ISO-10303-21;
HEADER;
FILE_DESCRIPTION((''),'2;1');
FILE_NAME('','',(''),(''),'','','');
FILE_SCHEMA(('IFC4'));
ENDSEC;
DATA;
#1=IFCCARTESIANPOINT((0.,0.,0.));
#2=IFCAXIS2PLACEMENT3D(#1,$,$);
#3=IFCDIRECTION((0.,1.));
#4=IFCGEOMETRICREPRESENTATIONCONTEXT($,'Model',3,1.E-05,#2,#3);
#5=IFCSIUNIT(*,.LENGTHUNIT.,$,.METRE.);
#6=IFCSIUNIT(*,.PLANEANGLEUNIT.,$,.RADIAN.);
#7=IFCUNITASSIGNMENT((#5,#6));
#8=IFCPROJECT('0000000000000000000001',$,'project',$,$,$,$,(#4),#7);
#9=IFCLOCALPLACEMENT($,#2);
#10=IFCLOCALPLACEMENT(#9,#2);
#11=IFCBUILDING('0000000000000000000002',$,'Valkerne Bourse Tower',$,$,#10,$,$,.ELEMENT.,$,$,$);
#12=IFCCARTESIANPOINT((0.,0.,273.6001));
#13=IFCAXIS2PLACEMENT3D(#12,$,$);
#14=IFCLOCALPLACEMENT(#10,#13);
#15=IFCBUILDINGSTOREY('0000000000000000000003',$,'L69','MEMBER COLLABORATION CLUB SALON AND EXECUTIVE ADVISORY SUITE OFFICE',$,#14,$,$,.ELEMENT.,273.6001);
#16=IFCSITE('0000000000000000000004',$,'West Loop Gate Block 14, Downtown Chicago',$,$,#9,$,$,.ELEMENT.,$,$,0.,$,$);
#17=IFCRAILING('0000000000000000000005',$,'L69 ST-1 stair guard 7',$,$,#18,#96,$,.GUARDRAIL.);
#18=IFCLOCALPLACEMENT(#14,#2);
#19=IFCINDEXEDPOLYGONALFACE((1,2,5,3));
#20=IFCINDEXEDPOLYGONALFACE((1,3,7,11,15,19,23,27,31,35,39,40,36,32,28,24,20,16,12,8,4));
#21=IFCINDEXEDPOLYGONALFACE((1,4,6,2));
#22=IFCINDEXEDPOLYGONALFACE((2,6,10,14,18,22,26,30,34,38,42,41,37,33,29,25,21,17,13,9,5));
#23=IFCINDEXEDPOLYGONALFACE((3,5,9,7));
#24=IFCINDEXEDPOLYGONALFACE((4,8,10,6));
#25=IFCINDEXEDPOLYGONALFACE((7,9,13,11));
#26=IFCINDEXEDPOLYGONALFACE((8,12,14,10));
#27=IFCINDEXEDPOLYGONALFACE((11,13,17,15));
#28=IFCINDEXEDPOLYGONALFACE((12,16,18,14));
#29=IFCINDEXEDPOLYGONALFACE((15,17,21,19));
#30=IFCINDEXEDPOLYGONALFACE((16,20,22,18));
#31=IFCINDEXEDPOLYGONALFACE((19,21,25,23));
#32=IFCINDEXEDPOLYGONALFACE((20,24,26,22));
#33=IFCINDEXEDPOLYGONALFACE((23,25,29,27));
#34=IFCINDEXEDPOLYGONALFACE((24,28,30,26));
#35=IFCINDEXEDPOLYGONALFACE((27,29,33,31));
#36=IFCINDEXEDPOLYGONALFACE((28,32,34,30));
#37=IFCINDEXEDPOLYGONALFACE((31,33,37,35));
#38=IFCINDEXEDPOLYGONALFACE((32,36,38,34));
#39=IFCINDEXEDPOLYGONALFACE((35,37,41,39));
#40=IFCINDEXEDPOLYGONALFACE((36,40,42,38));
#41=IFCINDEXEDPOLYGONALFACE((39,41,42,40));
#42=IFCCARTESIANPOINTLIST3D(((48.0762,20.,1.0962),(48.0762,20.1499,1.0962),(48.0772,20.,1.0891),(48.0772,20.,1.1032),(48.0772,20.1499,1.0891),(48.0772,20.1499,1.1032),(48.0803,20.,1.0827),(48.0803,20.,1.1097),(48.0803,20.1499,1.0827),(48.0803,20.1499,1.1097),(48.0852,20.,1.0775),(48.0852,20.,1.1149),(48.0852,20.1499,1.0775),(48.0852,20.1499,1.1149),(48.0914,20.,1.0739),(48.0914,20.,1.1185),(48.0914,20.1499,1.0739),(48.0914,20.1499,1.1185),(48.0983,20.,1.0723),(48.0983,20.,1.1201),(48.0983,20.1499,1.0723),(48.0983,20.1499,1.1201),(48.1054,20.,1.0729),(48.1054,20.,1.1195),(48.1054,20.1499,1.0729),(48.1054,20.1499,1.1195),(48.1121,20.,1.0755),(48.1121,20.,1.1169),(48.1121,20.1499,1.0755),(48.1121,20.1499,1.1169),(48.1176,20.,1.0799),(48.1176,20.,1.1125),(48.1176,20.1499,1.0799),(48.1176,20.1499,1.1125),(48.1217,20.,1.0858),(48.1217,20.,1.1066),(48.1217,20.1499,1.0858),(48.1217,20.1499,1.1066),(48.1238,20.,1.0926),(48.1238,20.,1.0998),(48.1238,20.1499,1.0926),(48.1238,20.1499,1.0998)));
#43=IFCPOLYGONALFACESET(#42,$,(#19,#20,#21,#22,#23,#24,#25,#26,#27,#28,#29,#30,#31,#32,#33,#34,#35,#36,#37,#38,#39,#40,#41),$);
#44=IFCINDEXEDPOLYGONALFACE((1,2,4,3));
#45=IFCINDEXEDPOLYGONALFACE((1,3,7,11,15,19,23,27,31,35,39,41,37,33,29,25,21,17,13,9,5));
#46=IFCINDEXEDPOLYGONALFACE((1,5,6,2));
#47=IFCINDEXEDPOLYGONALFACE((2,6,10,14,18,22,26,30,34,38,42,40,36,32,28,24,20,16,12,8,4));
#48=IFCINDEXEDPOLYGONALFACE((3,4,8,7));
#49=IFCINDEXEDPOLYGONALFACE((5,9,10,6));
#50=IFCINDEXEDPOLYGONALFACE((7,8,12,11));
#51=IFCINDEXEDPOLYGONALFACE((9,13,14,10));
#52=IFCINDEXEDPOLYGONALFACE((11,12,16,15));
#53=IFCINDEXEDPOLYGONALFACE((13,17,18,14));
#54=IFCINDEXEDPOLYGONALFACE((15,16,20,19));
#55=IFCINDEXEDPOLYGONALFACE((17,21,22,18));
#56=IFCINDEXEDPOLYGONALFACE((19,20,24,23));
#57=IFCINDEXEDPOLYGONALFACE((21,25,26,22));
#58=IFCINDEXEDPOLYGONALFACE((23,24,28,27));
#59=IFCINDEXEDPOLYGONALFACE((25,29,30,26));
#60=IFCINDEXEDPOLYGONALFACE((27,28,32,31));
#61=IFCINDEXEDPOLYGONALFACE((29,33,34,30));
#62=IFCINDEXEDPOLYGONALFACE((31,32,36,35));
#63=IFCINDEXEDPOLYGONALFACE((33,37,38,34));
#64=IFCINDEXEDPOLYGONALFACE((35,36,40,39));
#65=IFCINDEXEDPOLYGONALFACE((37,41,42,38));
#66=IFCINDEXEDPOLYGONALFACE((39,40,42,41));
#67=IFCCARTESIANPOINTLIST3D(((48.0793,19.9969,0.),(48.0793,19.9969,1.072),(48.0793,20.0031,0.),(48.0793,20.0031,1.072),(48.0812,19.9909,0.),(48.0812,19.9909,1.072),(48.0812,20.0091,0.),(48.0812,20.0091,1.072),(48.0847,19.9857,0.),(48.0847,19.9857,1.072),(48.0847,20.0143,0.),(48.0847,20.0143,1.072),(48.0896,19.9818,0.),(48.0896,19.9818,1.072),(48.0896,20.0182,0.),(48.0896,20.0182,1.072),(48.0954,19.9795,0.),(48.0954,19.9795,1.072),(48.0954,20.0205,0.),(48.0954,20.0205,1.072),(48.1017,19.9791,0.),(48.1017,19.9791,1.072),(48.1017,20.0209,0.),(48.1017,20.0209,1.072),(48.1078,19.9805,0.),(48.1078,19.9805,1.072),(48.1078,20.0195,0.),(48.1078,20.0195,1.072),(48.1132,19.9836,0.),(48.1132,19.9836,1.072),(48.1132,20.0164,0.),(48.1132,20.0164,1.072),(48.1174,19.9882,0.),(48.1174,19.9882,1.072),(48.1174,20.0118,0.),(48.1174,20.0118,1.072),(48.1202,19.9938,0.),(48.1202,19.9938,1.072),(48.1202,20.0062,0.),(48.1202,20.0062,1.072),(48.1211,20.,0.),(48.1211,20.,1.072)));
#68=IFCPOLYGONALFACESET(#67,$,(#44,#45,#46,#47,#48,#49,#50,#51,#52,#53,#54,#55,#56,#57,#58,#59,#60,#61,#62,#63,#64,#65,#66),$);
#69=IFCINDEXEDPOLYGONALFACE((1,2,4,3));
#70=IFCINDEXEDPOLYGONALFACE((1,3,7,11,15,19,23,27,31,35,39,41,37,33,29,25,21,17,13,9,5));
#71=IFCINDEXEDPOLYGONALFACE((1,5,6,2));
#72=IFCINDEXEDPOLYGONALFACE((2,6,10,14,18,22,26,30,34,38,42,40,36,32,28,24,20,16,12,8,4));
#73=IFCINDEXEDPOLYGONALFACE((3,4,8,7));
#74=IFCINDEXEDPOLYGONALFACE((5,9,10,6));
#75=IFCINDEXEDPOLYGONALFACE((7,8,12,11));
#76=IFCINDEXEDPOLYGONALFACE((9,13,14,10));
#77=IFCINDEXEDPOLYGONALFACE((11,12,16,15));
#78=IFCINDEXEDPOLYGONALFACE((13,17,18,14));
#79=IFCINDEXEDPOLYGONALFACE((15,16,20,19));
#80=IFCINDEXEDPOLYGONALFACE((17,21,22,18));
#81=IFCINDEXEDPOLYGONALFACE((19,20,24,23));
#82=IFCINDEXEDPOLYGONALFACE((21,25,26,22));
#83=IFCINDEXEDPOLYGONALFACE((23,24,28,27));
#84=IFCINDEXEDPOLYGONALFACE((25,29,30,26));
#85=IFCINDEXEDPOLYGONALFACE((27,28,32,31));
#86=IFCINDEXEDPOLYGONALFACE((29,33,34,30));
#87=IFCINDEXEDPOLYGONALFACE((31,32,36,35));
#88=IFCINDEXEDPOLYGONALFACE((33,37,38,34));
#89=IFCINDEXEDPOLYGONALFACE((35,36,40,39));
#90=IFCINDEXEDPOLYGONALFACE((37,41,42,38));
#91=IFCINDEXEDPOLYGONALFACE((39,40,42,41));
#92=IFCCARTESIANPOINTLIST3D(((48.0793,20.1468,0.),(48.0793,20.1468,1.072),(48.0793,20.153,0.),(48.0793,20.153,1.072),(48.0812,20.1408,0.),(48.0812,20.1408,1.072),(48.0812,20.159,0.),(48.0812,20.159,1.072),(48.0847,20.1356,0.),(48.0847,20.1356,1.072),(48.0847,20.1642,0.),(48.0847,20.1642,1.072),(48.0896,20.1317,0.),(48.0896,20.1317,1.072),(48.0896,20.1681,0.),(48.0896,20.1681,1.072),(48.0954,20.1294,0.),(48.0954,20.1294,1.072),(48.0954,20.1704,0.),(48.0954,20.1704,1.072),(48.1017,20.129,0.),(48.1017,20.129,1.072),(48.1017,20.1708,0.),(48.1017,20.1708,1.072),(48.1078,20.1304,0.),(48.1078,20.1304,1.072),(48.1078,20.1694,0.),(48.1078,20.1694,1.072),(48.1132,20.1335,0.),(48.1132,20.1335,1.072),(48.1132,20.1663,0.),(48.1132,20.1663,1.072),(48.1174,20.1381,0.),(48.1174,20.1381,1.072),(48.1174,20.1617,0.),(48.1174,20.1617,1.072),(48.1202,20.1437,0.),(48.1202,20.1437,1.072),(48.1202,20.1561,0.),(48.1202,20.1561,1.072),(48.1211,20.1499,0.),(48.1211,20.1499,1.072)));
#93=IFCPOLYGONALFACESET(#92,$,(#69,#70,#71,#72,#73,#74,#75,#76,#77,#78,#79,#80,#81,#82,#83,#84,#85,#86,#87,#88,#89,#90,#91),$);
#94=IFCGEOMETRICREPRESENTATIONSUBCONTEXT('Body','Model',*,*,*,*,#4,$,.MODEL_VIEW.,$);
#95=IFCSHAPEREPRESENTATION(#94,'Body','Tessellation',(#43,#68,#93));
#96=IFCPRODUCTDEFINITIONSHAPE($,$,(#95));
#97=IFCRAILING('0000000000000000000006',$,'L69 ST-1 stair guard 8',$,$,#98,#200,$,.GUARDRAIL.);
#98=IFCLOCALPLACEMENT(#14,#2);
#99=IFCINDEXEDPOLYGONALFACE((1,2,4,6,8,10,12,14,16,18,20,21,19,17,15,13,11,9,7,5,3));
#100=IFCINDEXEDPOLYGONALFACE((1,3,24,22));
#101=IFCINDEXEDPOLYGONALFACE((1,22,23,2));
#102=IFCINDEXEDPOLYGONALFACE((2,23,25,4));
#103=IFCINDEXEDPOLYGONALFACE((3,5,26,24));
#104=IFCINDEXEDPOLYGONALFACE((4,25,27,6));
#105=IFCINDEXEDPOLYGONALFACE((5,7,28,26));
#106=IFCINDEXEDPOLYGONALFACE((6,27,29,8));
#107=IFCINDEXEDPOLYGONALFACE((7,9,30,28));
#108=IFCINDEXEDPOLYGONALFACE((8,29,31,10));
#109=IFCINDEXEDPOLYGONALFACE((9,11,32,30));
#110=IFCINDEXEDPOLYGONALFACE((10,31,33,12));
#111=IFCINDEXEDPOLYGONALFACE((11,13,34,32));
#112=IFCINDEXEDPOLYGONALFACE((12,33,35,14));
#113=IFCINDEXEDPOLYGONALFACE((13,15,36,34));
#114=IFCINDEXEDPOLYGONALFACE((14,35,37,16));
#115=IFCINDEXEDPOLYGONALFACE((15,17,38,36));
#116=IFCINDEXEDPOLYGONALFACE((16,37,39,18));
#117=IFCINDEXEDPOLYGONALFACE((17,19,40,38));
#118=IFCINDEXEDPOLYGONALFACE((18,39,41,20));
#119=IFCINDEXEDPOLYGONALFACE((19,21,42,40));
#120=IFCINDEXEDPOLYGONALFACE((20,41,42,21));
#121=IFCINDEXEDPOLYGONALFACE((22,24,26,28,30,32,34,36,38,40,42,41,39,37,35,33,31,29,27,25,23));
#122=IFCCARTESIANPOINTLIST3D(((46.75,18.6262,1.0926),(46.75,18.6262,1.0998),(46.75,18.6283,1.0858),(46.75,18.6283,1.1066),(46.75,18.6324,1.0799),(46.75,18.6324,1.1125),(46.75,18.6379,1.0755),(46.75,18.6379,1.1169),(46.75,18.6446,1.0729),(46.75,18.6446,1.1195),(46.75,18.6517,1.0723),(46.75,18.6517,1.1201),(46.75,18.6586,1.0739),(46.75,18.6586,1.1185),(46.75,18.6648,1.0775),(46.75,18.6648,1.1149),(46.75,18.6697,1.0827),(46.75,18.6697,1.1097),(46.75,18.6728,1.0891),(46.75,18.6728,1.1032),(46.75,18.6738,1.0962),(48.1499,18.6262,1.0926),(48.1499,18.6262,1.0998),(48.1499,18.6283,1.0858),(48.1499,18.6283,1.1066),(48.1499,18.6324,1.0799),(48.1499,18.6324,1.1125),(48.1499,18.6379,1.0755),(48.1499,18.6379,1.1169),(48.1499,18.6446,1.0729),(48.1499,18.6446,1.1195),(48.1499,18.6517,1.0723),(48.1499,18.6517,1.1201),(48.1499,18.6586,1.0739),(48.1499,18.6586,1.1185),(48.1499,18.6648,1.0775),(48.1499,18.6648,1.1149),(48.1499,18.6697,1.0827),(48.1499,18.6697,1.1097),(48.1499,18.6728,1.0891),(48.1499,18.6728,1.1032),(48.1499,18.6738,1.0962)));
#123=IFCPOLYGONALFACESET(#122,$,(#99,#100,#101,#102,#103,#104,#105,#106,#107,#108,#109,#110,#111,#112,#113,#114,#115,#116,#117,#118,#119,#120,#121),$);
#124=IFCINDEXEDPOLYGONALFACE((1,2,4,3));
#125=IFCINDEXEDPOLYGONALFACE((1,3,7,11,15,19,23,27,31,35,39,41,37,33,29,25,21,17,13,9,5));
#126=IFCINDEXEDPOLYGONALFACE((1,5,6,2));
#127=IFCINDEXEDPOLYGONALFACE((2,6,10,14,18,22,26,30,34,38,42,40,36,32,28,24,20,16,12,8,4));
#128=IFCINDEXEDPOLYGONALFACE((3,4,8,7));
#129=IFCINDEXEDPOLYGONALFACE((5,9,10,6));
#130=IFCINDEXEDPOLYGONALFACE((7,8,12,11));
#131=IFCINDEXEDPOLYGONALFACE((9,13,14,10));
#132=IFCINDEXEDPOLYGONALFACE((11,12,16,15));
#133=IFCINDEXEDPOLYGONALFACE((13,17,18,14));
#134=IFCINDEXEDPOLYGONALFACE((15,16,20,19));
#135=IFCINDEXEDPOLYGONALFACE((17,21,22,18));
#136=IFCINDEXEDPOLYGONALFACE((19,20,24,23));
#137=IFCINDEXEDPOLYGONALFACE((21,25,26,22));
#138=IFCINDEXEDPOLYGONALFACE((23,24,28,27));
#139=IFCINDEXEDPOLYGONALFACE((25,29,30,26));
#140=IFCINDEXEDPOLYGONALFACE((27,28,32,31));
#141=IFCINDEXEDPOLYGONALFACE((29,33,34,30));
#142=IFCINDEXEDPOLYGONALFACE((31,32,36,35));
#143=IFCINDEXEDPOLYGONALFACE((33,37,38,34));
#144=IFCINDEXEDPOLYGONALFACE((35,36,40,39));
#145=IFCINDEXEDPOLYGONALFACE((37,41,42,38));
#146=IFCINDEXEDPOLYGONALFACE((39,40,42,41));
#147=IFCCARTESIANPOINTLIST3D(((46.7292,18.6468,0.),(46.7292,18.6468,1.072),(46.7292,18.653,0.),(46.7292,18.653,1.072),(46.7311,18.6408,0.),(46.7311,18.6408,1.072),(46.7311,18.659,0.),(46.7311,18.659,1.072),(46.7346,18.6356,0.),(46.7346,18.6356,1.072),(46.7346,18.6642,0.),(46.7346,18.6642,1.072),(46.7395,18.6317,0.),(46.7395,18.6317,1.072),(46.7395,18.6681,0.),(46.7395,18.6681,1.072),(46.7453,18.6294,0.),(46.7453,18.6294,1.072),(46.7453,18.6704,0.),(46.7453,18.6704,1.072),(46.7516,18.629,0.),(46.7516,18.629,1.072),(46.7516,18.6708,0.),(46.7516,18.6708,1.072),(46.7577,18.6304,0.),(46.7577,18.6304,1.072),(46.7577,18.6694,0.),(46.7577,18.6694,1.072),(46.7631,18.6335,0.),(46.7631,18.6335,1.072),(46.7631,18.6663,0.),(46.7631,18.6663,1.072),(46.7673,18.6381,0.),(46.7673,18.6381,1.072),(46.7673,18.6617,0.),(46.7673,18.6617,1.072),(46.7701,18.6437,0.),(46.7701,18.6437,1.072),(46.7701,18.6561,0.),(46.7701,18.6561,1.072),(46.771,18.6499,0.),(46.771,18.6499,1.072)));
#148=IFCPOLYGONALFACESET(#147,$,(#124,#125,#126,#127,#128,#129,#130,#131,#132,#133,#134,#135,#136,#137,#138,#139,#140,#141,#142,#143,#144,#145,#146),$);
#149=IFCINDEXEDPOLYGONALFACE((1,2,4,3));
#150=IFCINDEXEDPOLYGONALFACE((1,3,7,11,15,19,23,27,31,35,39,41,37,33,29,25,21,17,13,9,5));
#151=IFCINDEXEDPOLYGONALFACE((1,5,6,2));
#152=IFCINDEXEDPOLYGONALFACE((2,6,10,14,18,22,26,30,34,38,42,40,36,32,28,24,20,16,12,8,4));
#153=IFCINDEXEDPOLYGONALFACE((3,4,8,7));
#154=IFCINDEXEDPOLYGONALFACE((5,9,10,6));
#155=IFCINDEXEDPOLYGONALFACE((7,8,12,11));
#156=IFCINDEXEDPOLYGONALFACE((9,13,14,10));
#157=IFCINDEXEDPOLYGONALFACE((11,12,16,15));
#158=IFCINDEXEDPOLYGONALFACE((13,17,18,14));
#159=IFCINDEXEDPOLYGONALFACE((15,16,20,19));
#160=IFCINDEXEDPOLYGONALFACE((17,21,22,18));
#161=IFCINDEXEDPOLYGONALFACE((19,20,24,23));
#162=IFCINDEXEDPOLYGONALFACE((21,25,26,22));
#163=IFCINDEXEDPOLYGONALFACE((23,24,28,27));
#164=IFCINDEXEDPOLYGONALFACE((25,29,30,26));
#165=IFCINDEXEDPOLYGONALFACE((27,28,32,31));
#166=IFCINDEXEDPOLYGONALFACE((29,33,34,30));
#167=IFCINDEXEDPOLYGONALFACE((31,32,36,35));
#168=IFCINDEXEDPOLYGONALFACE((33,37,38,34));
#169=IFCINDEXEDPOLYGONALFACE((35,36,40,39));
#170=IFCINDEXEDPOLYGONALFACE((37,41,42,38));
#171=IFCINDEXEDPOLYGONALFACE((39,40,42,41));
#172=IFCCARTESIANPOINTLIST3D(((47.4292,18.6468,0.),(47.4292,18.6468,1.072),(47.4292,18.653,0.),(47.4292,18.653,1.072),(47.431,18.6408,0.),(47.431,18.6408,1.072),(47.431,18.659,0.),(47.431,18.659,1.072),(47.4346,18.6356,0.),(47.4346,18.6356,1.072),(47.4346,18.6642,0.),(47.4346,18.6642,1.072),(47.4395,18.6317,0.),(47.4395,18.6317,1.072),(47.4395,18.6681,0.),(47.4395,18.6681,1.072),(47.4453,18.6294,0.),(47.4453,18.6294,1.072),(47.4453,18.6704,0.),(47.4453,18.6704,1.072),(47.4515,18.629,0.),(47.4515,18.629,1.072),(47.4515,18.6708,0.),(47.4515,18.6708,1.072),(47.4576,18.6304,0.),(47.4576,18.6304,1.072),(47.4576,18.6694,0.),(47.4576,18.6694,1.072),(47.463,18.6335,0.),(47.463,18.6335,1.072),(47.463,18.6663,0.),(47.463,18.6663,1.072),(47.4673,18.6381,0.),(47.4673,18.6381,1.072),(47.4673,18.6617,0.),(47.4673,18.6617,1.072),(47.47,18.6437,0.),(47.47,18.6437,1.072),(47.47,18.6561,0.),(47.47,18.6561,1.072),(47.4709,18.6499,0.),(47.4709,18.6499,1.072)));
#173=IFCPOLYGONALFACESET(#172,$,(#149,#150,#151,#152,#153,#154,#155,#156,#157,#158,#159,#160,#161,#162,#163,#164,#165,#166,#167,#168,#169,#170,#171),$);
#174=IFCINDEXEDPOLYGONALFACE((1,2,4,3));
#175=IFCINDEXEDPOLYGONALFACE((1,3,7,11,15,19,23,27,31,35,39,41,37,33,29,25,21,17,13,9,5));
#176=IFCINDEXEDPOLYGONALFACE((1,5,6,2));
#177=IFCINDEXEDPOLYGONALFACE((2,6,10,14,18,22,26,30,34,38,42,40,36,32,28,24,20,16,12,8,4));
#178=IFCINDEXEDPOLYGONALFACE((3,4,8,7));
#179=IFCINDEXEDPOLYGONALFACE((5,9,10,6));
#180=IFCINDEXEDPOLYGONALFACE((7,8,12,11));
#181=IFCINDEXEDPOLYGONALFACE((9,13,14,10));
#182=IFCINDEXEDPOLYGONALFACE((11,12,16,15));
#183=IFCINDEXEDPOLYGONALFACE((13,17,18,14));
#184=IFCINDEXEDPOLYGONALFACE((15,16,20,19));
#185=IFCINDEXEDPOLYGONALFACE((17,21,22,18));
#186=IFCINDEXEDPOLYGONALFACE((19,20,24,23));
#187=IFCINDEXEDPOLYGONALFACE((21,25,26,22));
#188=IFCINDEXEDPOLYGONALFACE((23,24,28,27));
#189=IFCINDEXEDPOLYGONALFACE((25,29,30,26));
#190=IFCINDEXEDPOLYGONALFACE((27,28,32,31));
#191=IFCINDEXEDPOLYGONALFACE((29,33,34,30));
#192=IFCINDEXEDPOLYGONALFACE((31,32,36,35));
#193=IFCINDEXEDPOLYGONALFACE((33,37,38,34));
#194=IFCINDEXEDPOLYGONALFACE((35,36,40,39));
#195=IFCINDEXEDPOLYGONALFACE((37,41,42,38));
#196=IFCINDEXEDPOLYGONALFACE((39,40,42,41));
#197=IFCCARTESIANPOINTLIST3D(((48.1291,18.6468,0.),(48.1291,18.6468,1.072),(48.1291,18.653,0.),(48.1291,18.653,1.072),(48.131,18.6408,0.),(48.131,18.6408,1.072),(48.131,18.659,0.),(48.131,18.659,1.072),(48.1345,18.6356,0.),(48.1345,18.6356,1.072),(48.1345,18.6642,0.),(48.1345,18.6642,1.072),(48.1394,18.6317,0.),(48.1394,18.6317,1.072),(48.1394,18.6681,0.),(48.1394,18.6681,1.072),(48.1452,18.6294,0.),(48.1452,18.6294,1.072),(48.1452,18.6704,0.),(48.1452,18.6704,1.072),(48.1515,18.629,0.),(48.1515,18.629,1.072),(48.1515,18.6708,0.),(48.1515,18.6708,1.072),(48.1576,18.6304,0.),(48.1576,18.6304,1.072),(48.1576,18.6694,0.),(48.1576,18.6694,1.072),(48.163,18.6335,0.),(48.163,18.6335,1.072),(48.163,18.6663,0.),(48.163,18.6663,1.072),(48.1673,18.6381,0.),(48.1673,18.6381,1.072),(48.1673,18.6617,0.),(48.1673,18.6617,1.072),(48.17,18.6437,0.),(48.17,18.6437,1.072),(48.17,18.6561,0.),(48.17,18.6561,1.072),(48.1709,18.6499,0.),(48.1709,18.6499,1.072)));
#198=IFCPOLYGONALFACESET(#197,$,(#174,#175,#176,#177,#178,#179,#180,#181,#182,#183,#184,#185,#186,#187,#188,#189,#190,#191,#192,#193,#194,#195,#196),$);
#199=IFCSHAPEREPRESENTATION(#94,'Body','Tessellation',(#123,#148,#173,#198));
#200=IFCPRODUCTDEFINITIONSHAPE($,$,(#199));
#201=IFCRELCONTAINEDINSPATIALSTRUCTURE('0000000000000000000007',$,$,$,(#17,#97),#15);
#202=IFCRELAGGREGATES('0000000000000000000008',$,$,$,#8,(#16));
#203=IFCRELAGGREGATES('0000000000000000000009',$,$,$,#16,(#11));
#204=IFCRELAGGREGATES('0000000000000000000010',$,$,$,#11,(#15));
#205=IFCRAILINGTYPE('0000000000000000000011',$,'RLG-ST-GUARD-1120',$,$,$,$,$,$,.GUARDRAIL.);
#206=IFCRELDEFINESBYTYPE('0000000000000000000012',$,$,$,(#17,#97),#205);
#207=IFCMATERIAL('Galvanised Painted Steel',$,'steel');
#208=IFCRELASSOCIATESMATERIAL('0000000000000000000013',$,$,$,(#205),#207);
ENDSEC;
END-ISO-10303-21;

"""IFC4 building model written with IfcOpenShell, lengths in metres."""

from ifc_helpers import new_model, si_unit, direction, frame, origin, origin_2d, place, context, subcontext, project, spatial, circle, extrude, material, type_object, element, save


model = new_model("IFC4")

# Units and contexts
model_context = context("Model", 3, precision=1e-05, world=origin(), true_north=direction((0.0, 1.0)))
body_context = subcontext(model_context, "Body", "Model", "MODEL_VIEW")
ifc_project = project(units=[si_unit("LENGTHUNIT", "METRE"), si_unit("PLANEANGLEUNIT", "RADIAN")], contexts=[model_context])

# Site, building, storey
site_placement = place(None, origin())
site = spatial("IfcSite", under=ifc_project, at=site_placement, Name="West Loop Gate Block 14, Downtown Chicago", CompositionType="ELEMENT", RefElevation=0.0)
building_placement = place(site_placement, origin())
building = spatial("IfcBuilding", under=site, at=building_placement, Name="Valkerne Bourse Tower", CompositionType="ELEMENT")
storey_placement = place(building_placement, frame((0.0, 0.0, 273.6001)))
storey = spatial("IfcBuildingStorey", under=building, at=storey_placement, Name="L69", Description="MEMBER COLLABORATION CLUB SALON AND EXECUTIVE ADVISORY SUITE OFFICE", CompositionType="ELEMENT", Elevation=273.6001)

# Shared definitions
ifc_material_1 = material(Name="Galvanised Painted Steel", Category="steel")

# Railings
railing_type_1 = type_object("IfcRailingType", Name="RLG-ST-GUARD-1120", PredefinedType="GUARDRAIL", material=ifc_material_1)
railing_1_placement = place(storey_placement, frame((48.1001, 20.0, 0.0)))
element("IfcRailing", 1, at=railing_1_placement, inside=storey, type_object=railing_type_1, Name="L69 ST-1 stair guard 7", PredefinedType="GUARDRAIL", context=body_context, shape_type="SweptSolid", body=[
    extrude(circle(Radius=0.0239, at=origin_2d()), frame((0.0, 0.0, 1.0962), z_axis=(0.0, 1.0, 0.0), x_axis=(-1.0, 0.0, 0.0)), (0.0, 0.0, 1.0), 0.1499),
    extrude(circle(Radius=0.021, at=origin_2d()), origin(), (0.0, 0.0, 1.0), 1.072),
    extrude(circle(Radius=0.021, at=origin_2d()), frame((0.0, 0.1499, 0.0)), (0.0, 0.0, 1.0), 1.072),
])
for number, where, name in (
    (2, (46.75, 18.6499, 0.0), "L69 ST-1 stair guard 8"),
):
    element("IfcRailing", number, at=place(storey_placement, frame(where)), inside=storey, type_object=railing_type_1, Name=name, PredefinedType="GUARDRAIL", context=body_context, shape_type="SweptSolid", body=[
        extrude(circle(Radius=0.0239, at=origin_2d()), frame((0.0, 0.0, 1.0962), z_axis=(1.0, 0.0, 0.0), x_axis=(0.0, 1.0, 0.0)), (0.0, 0.0, 1.0), 1.3999),
        extrude(circle(Radius=0.021, at=origin_2d()), origin(), (0.0, 0.0, 1.0), 1.072),
        extrude(circle(Radius=0.021, at=origin_2d()), frame((0.7, 0.0, 0.0)), (0.0, 0.0, 1.0), 1.072),
        extrude(circle(Radius=0.021, at=origin_2d()), frame((1.3999, 0.0, 0.0)), (0.0, 0.0, 1.0), 1.072),
    ])

save(model, "model.ifc")
